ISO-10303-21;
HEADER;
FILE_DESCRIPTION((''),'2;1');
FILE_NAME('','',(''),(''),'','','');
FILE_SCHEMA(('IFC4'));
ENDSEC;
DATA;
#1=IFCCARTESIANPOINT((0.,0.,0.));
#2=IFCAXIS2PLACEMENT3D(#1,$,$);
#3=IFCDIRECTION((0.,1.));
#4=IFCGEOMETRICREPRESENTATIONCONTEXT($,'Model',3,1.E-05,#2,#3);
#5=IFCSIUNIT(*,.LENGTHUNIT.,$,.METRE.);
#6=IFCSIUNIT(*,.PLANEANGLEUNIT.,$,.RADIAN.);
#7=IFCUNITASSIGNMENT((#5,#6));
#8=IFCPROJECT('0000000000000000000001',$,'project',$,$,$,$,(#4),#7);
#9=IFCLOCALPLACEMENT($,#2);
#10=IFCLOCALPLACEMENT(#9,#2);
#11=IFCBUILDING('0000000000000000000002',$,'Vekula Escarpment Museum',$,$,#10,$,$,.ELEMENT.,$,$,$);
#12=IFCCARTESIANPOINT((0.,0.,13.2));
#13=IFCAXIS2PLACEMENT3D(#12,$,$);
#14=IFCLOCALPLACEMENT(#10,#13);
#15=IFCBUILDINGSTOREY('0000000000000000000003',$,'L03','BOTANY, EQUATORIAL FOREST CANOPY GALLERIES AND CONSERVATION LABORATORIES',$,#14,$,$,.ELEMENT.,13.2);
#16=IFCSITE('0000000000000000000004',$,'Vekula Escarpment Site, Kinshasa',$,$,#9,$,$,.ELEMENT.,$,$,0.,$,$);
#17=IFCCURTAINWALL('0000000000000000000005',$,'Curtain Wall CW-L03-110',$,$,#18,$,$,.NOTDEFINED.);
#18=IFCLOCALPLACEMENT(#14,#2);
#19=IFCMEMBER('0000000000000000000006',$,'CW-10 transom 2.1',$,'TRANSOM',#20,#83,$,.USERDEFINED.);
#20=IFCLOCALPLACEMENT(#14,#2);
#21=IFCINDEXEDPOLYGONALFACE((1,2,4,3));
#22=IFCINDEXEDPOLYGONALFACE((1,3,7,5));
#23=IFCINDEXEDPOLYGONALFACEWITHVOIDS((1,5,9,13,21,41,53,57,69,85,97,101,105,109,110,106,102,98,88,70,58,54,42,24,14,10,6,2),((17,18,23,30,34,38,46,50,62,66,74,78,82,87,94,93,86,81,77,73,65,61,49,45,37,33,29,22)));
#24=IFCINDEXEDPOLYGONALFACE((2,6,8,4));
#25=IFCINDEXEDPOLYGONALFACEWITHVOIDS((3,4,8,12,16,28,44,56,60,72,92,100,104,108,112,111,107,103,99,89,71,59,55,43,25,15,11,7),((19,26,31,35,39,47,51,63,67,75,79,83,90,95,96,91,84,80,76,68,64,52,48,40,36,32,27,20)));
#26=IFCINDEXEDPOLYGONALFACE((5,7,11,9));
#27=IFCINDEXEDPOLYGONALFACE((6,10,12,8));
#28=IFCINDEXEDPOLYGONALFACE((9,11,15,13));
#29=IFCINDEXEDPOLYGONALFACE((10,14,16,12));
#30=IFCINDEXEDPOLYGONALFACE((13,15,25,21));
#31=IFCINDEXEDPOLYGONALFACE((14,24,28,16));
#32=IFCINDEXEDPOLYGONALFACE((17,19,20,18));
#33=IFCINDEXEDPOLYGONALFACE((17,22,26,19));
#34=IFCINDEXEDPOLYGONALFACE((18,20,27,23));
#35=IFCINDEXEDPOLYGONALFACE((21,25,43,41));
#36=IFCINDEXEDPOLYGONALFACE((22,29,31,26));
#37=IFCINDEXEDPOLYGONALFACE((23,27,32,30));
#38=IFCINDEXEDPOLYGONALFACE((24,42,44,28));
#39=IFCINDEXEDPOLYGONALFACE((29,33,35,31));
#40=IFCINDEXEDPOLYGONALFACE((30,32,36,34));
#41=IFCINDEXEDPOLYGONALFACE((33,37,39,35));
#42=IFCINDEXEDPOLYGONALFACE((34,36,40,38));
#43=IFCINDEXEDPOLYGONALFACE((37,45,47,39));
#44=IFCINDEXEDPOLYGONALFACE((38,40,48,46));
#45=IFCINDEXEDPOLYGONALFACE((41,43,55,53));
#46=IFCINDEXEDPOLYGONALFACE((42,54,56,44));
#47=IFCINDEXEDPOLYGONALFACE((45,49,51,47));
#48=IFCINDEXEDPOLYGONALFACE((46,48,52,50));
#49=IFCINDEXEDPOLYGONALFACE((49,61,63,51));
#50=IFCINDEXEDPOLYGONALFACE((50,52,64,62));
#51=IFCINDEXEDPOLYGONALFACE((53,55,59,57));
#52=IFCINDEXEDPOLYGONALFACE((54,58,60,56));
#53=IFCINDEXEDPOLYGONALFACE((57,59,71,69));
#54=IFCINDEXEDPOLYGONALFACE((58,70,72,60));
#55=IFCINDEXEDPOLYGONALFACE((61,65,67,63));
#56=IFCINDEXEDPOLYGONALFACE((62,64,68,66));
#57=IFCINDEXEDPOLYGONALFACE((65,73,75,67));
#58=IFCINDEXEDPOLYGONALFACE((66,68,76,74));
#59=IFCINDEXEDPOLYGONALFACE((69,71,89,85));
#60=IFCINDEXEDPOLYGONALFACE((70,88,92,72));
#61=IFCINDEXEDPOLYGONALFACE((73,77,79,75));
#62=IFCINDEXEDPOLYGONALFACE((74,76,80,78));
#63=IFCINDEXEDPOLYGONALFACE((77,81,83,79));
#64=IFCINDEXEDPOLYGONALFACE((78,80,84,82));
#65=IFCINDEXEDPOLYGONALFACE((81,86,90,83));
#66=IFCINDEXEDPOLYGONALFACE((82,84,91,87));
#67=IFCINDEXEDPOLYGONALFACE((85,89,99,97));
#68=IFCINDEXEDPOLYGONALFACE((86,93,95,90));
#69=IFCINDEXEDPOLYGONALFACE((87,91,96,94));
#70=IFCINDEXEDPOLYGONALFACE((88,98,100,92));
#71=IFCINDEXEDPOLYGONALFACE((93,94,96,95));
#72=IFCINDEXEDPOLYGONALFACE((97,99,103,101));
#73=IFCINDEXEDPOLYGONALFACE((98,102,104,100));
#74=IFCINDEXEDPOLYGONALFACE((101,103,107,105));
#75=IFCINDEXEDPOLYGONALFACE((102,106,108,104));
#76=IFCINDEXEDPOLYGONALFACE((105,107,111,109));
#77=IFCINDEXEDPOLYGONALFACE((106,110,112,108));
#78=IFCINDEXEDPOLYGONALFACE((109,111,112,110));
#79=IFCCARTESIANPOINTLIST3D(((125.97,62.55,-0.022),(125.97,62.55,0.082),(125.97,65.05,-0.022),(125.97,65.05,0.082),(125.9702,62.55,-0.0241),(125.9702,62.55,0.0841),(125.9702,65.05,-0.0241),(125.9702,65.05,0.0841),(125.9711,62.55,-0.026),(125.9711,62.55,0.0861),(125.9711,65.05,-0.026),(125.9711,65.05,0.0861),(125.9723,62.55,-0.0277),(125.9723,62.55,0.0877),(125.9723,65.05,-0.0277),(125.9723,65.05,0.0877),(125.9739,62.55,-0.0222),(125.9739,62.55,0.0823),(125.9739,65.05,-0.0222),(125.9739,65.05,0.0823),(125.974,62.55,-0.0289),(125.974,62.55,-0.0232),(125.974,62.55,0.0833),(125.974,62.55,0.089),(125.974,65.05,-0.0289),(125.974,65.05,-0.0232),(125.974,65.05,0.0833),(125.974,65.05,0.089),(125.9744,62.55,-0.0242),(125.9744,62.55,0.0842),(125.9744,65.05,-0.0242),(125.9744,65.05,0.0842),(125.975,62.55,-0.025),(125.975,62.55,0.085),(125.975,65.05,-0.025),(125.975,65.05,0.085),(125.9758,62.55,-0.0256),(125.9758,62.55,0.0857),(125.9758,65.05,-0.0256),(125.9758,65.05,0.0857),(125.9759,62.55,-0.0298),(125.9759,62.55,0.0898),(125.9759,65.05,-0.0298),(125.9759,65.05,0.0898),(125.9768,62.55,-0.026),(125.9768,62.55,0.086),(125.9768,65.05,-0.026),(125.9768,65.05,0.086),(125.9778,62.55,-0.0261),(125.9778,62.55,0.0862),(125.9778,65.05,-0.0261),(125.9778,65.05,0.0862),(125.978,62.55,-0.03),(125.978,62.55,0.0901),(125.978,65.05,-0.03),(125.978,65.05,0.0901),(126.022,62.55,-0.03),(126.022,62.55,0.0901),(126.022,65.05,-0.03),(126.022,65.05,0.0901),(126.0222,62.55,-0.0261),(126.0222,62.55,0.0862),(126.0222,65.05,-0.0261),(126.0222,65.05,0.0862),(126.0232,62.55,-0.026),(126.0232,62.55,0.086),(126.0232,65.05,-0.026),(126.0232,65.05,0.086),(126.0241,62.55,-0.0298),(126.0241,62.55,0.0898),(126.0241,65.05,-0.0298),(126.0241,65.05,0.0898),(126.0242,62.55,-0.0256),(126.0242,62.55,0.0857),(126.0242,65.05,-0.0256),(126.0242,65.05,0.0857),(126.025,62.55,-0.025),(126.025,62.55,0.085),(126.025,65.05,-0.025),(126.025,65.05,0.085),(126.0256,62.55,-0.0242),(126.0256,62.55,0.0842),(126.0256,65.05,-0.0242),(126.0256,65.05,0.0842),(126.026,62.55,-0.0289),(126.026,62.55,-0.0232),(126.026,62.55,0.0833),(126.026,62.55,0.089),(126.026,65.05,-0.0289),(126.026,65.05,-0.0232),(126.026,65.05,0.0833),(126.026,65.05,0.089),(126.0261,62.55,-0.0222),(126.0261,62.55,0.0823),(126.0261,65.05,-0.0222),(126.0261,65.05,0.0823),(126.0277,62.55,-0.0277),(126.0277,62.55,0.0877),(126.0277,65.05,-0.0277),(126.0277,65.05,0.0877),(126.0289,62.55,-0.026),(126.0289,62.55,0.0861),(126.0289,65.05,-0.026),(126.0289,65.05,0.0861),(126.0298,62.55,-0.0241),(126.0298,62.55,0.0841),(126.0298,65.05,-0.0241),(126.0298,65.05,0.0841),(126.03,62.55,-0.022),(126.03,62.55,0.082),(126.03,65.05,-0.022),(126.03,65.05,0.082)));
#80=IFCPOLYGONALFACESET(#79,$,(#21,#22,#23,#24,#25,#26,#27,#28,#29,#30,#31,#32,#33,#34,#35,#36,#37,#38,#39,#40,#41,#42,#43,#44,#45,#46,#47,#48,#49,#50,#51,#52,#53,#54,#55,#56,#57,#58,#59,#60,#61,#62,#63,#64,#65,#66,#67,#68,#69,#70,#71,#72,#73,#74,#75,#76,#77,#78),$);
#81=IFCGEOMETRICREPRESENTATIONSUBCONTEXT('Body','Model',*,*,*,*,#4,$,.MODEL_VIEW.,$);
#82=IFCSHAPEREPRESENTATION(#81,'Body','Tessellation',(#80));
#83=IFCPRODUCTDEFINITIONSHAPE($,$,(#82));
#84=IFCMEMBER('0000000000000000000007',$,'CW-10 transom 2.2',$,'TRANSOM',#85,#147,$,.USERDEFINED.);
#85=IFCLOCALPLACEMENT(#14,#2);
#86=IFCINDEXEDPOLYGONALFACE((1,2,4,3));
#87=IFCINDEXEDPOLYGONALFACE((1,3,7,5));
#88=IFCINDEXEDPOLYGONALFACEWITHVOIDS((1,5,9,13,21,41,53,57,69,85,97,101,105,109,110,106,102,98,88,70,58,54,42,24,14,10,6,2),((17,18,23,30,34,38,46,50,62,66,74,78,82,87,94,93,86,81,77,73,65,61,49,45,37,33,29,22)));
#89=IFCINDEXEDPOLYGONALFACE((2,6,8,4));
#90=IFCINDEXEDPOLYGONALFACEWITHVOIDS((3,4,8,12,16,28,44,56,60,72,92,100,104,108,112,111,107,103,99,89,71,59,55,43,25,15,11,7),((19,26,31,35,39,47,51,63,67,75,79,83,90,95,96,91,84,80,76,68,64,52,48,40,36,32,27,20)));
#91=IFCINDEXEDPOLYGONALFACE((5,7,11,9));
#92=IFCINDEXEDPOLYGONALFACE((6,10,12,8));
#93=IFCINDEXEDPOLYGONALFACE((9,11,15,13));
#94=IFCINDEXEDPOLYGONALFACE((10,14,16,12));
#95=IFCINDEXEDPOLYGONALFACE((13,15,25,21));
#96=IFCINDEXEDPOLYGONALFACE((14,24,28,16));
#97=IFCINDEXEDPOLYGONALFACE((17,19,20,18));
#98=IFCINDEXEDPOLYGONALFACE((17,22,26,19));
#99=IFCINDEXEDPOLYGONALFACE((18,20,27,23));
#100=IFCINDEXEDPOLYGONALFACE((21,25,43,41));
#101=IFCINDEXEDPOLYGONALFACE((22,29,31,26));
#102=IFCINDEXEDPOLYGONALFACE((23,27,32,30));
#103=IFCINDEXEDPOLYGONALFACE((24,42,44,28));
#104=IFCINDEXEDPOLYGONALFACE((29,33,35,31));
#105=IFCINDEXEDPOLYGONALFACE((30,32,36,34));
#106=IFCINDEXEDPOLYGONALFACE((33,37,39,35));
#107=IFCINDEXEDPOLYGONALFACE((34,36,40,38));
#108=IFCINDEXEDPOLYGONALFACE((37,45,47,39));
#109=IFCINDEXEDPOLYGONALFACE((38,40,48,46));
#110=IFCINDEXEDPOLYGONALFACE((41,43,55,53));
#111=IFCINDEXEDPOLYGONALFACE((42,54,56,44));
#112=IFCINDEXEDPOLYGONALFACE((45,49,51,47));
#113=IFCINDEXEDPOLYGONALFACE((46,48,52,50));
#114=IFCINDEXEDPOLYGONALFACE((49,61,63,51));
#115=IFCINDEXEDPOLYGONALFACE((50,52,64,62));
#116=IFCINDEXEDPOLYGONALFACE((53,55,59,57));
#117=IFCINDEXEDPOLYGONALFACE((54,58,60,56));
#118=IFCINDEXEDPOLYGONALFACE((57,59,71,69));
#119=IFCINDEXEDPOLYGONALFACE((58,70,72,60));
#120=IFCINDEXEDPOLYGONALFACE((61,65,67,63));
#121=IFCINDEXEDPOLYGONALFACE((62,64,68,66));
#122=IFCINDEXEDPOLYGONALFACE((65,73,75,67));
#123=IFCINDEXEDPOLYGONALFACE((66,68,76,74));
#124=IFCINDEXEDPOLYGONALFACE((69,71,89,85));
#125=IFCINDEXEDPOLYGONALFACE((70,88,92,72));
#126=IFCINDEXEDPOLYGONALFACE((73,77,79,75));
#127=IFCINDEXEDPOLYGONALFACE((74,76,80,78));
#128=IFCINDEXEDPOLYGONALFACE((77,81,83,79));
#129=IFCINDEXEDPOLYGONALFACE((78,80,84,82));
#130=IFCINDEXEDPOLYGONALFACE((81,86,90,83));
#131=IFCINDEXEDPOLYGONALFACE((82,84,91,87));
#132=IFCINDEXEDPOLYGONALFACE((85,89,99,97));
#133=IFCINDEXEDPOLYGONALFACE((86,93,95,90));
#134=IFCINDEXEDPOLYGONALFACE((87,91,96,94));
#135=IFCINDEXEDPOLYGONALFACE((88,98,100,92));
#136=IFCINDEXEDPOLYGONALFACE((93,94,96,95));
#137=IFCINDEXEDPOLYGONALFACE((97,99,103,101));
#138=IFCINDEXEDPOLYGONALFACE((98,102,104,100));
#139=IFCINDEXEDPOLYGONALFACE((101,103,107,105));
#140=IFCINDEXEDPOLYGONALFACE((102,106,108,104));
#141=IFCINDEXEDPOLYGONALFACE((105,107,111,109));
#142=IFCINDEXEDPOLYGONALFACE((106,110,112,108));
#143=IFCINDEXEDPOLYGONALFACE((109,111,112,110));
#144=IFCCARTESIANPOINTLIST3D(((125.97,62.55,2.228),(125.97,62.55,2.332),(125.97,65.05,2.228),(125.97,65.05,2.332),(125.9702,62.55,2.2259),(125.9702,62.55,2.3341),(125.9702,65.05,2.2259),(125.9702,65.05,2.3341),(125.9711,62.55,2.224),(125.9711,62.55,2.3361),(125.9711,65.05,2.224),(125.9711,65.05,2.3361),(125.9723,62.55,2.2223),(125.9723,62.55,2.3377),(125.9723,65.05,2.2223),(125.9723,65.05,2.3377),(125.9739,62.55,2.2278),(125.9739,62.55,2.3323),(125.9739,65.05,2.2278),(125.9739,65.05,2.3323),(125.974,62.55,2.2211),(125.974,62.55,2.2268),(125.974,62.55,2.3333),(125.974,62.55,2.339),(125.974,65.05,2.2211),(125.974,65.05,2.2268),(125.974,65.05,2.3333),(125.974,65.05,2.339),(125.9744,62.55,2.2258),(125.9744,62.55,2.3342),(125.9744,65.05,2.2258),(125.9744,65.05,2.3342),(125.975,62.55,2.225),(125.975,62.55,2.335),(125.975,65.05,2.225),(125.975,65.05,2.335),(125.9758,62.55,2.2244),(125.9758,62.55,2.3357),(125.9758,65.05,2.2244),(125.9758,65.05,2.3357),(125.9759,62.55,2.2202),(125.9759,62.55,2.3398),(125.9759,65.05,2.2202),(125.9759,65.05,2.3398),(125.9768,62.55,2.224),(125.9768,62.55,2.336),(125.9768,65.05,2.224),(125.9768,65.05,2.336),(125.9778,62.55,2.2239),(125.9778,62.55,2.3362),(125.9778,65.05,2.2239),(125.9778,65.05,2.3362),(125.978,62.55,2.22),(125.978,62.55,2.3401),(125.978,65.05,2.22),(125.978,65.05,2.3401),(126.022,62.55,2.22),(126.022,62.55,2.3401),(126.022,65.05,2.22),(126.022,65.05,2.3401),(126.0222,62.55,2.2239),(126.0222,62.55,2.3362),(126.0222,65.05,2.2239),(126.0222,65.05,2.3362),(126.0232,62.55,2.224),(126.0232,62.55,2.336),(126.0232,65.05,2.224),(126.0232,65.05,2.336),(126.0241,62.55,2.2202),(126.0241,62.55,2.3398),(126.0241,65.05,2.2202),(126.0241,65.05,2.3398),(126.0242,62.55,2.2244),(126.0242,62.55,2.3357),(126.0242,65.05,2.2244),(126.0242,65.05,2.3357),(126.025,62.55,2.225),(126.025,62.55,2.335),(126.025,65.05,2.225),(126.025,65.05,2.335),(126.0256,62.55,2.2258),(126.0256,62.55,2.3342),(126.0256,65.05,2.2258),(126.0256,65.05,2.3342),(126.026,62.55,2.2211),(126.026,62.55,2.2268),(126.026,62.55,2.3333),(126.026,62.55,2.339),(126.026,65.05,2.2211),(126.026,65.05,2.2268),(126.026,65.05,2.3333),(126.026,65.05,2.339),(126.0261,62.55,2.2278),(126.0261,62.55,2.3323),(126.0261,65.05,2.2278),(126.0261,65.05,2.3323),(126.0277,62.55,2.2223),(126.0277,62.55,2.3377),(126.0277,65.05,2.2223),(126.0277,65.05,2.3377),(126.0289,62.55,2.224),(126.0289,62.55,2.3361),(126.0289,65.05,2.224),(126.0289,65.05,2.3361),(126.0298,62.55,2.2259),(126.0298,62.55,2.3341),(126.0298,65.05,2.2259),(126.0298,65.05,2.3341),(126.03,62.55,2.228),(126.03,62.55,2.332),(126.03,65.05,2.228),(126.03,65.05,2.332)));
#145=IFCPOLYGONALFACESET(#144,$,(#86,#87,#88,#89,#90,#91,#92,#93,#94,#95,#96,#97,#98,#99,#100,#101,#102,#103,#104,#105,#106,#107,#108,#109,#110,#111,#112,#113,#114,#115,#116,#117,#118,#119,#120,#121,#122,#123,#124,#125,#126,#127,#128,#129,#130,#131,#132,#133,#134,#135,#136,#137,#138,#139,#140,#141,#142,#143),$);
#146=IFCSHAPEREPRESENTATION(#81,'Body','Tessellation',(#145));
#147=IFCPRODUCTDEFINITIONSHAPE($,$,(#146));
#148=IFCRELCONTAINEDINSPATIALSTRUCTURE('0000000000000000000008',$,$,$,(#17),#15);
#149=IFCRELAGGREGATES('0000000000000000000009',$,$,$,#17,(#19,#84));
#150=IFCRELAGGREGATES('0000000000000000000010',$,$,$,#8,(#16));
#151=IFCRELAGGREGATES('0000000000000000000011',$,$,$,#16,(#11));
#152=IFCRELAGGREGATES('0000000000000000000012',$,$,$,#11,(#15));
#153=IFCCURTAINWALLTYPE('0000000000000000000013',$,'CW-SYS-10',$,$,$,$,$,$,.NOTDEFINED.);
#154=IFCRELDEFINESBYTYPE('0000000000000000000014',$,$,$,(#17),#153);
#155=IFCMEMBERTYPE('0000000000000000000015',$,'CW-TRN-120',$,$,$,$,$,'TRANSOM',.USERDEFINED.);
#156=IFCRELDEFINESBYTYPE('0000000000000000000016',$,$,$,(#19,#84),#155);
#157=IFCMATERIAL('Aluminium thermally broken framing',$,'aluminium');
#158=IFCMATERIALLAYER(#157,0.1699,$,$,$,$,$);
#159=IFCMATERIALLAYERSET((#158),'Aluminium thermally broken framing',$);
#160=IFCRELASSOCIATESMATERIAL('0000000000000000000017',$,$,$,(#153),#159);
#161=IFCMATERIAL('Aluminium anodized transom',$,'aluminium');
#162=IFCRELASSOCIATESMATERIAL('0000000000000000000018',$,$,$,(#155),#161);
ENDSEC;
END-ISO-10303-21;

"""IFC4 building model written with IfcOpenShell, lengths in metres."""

from ifc_helpers import new_model, si_unit, direction, frame, origin, origin_2d, place, context, subcontext, project, spatial, hollow_rectangle, extrude, material, layer, layer_set, material_profile, profile_set, type_object, element, aggregate, save


model = new_model("IFC4")

# Units and contexts
model_context = context("Model", 3, precision=1e-05, world=origin(), true_north=direction((0.0, 1.0)))
body_context = subcontext(model_context, "Body", "Model", "MODEL_VIEW")
ifc_project = project(units=[si_unit("LENGTHUNIT", "METRE"), si_unit("PLANEANGLEUNIT", "RADIAN")], contexts=[model_context])

# Site, building, storey
site_placement = place(None, origin())
site = spatial("IfcSite", under=ifc_project, at=site_placement, Name="Vekula Escarpment Site, Kinshasa", CompositionType="ELEMENT", RefElevation=0.0)
building_placement = place(site_placement, origin())
building = spatial("IfcBuilding", under=site, at=building_placement, Name="Vekula Escarpment Museum", CompositionType="ELEMENT")
storey_placement = place(building_placement, frame((0.0, 0.0, 13.2)))
storey = spatial("IfcBuildingStorey", under=building, at=storey_placement, Name="L03", Description="BOTANY, EQUATORIAL FOREST CANOPY GALLERIES AND CONSERVATION LABORATORIES", CompositionType="ELEMENT", Elevation=13.2)

# Curtain wall, members
ifc_material_1 = material(Name="Aluminium thermally broken framing", Category="aluminium")
ifc_layer_1 = layer(ifc_material_1, 0.1699)
ifc_layer_set_1 = layer_set([ifc_layer_1], Name="Aluminium thermally broken framing")
curtain_wall_type_1 = type_object("IfcCurtainWallType", Name="CW-SYS-10", PredefinedType="NOTDEFINED", material=ifc_layer_set_1)
curtain_wall_1_placement = place(storey_placement, origin())
curtain_wall_1 = element("IfcCurtainWall", 1, at=curtain_wall_1_placement, inside=storey, type_object=curtain_wall_type_1, Name="Curtain Wall CW-L03-110", PredefinedType="NOTDEFINED")
ifc_material_2 = material(Name="Aluminium anodized transom", Category="aluminium")
ifc_material_profile_1 = material_profile(ifc_material_2, hollow_rectangle(XDim=0.0601, YDim=0.1201, WallThickness=0.0039, InnerFilletRadius=0.0039, OuterFilletRadius=0.0081, at=origin_2d()), Name="ALU 120x60x4")
ifc_profile_set_1 = profile_set([ifc_material_profile_1], Name="Aluminium anodized transom")
member_type_1 = type_object("IfcMemberType", Name="CW-TRN-120", ElementType="TRANSOM", PredefinedType="USERDEFINED", material=ifc_profile_set_1)
member_1_placement = place(storey_placement, frame((126.0, 62.55, 0.03), z_axis=(0.0, 1.0, 0.0), x_axis=(-1.0, 0.0, 0.0)))
member_1 = element("IfcMember", 2, at=member_1_placement, type_object=member_type_1, Name="CW-10 transom 2.1", ObjectType="TRANSOM", PredefinedType="USERDEFINED", context=body_context, shape_type="SweptSolid", body=[
    extrude(hollow_rectangle(XDim=0.0601, YDim=0.1201, WallThickness=0.0039, InnerFilletRadius=0.0039, OuterFilletRadius=0.0081, at=origin_2d()), origin(), (0.0, 0.0, 1.0), 2.5),
])
member_2_placement = place(storey_placement, frame((126.0, 62.55, 2.28), z_axis=(0.0, 1.0, 0.0), x_axis=(-1.0, 0.0, 0.0)))
member_2 = element("IfcMember", 3, at=member_2_placement, type_object=member_type_1, Name="CW-10 transom 2.2", ObjectType="TRANSOM", PredefinedType="USERDEFINED", context=body_context, shape_type="SweptSolid", body=[
    extrude(hollow_rectangle(XDim=0.0601, YDim=0.1201, WallThickness=0.0039, InnerFilletRadius=0.0039, OuterFilletRadius=0.0081, at=origin_2d()), origin(), (0.0, 0.0, 1.0), 2.5),
])

aggregate(curtain_wall_1, [member_1, member_2])

save(model, "model.ifc")
